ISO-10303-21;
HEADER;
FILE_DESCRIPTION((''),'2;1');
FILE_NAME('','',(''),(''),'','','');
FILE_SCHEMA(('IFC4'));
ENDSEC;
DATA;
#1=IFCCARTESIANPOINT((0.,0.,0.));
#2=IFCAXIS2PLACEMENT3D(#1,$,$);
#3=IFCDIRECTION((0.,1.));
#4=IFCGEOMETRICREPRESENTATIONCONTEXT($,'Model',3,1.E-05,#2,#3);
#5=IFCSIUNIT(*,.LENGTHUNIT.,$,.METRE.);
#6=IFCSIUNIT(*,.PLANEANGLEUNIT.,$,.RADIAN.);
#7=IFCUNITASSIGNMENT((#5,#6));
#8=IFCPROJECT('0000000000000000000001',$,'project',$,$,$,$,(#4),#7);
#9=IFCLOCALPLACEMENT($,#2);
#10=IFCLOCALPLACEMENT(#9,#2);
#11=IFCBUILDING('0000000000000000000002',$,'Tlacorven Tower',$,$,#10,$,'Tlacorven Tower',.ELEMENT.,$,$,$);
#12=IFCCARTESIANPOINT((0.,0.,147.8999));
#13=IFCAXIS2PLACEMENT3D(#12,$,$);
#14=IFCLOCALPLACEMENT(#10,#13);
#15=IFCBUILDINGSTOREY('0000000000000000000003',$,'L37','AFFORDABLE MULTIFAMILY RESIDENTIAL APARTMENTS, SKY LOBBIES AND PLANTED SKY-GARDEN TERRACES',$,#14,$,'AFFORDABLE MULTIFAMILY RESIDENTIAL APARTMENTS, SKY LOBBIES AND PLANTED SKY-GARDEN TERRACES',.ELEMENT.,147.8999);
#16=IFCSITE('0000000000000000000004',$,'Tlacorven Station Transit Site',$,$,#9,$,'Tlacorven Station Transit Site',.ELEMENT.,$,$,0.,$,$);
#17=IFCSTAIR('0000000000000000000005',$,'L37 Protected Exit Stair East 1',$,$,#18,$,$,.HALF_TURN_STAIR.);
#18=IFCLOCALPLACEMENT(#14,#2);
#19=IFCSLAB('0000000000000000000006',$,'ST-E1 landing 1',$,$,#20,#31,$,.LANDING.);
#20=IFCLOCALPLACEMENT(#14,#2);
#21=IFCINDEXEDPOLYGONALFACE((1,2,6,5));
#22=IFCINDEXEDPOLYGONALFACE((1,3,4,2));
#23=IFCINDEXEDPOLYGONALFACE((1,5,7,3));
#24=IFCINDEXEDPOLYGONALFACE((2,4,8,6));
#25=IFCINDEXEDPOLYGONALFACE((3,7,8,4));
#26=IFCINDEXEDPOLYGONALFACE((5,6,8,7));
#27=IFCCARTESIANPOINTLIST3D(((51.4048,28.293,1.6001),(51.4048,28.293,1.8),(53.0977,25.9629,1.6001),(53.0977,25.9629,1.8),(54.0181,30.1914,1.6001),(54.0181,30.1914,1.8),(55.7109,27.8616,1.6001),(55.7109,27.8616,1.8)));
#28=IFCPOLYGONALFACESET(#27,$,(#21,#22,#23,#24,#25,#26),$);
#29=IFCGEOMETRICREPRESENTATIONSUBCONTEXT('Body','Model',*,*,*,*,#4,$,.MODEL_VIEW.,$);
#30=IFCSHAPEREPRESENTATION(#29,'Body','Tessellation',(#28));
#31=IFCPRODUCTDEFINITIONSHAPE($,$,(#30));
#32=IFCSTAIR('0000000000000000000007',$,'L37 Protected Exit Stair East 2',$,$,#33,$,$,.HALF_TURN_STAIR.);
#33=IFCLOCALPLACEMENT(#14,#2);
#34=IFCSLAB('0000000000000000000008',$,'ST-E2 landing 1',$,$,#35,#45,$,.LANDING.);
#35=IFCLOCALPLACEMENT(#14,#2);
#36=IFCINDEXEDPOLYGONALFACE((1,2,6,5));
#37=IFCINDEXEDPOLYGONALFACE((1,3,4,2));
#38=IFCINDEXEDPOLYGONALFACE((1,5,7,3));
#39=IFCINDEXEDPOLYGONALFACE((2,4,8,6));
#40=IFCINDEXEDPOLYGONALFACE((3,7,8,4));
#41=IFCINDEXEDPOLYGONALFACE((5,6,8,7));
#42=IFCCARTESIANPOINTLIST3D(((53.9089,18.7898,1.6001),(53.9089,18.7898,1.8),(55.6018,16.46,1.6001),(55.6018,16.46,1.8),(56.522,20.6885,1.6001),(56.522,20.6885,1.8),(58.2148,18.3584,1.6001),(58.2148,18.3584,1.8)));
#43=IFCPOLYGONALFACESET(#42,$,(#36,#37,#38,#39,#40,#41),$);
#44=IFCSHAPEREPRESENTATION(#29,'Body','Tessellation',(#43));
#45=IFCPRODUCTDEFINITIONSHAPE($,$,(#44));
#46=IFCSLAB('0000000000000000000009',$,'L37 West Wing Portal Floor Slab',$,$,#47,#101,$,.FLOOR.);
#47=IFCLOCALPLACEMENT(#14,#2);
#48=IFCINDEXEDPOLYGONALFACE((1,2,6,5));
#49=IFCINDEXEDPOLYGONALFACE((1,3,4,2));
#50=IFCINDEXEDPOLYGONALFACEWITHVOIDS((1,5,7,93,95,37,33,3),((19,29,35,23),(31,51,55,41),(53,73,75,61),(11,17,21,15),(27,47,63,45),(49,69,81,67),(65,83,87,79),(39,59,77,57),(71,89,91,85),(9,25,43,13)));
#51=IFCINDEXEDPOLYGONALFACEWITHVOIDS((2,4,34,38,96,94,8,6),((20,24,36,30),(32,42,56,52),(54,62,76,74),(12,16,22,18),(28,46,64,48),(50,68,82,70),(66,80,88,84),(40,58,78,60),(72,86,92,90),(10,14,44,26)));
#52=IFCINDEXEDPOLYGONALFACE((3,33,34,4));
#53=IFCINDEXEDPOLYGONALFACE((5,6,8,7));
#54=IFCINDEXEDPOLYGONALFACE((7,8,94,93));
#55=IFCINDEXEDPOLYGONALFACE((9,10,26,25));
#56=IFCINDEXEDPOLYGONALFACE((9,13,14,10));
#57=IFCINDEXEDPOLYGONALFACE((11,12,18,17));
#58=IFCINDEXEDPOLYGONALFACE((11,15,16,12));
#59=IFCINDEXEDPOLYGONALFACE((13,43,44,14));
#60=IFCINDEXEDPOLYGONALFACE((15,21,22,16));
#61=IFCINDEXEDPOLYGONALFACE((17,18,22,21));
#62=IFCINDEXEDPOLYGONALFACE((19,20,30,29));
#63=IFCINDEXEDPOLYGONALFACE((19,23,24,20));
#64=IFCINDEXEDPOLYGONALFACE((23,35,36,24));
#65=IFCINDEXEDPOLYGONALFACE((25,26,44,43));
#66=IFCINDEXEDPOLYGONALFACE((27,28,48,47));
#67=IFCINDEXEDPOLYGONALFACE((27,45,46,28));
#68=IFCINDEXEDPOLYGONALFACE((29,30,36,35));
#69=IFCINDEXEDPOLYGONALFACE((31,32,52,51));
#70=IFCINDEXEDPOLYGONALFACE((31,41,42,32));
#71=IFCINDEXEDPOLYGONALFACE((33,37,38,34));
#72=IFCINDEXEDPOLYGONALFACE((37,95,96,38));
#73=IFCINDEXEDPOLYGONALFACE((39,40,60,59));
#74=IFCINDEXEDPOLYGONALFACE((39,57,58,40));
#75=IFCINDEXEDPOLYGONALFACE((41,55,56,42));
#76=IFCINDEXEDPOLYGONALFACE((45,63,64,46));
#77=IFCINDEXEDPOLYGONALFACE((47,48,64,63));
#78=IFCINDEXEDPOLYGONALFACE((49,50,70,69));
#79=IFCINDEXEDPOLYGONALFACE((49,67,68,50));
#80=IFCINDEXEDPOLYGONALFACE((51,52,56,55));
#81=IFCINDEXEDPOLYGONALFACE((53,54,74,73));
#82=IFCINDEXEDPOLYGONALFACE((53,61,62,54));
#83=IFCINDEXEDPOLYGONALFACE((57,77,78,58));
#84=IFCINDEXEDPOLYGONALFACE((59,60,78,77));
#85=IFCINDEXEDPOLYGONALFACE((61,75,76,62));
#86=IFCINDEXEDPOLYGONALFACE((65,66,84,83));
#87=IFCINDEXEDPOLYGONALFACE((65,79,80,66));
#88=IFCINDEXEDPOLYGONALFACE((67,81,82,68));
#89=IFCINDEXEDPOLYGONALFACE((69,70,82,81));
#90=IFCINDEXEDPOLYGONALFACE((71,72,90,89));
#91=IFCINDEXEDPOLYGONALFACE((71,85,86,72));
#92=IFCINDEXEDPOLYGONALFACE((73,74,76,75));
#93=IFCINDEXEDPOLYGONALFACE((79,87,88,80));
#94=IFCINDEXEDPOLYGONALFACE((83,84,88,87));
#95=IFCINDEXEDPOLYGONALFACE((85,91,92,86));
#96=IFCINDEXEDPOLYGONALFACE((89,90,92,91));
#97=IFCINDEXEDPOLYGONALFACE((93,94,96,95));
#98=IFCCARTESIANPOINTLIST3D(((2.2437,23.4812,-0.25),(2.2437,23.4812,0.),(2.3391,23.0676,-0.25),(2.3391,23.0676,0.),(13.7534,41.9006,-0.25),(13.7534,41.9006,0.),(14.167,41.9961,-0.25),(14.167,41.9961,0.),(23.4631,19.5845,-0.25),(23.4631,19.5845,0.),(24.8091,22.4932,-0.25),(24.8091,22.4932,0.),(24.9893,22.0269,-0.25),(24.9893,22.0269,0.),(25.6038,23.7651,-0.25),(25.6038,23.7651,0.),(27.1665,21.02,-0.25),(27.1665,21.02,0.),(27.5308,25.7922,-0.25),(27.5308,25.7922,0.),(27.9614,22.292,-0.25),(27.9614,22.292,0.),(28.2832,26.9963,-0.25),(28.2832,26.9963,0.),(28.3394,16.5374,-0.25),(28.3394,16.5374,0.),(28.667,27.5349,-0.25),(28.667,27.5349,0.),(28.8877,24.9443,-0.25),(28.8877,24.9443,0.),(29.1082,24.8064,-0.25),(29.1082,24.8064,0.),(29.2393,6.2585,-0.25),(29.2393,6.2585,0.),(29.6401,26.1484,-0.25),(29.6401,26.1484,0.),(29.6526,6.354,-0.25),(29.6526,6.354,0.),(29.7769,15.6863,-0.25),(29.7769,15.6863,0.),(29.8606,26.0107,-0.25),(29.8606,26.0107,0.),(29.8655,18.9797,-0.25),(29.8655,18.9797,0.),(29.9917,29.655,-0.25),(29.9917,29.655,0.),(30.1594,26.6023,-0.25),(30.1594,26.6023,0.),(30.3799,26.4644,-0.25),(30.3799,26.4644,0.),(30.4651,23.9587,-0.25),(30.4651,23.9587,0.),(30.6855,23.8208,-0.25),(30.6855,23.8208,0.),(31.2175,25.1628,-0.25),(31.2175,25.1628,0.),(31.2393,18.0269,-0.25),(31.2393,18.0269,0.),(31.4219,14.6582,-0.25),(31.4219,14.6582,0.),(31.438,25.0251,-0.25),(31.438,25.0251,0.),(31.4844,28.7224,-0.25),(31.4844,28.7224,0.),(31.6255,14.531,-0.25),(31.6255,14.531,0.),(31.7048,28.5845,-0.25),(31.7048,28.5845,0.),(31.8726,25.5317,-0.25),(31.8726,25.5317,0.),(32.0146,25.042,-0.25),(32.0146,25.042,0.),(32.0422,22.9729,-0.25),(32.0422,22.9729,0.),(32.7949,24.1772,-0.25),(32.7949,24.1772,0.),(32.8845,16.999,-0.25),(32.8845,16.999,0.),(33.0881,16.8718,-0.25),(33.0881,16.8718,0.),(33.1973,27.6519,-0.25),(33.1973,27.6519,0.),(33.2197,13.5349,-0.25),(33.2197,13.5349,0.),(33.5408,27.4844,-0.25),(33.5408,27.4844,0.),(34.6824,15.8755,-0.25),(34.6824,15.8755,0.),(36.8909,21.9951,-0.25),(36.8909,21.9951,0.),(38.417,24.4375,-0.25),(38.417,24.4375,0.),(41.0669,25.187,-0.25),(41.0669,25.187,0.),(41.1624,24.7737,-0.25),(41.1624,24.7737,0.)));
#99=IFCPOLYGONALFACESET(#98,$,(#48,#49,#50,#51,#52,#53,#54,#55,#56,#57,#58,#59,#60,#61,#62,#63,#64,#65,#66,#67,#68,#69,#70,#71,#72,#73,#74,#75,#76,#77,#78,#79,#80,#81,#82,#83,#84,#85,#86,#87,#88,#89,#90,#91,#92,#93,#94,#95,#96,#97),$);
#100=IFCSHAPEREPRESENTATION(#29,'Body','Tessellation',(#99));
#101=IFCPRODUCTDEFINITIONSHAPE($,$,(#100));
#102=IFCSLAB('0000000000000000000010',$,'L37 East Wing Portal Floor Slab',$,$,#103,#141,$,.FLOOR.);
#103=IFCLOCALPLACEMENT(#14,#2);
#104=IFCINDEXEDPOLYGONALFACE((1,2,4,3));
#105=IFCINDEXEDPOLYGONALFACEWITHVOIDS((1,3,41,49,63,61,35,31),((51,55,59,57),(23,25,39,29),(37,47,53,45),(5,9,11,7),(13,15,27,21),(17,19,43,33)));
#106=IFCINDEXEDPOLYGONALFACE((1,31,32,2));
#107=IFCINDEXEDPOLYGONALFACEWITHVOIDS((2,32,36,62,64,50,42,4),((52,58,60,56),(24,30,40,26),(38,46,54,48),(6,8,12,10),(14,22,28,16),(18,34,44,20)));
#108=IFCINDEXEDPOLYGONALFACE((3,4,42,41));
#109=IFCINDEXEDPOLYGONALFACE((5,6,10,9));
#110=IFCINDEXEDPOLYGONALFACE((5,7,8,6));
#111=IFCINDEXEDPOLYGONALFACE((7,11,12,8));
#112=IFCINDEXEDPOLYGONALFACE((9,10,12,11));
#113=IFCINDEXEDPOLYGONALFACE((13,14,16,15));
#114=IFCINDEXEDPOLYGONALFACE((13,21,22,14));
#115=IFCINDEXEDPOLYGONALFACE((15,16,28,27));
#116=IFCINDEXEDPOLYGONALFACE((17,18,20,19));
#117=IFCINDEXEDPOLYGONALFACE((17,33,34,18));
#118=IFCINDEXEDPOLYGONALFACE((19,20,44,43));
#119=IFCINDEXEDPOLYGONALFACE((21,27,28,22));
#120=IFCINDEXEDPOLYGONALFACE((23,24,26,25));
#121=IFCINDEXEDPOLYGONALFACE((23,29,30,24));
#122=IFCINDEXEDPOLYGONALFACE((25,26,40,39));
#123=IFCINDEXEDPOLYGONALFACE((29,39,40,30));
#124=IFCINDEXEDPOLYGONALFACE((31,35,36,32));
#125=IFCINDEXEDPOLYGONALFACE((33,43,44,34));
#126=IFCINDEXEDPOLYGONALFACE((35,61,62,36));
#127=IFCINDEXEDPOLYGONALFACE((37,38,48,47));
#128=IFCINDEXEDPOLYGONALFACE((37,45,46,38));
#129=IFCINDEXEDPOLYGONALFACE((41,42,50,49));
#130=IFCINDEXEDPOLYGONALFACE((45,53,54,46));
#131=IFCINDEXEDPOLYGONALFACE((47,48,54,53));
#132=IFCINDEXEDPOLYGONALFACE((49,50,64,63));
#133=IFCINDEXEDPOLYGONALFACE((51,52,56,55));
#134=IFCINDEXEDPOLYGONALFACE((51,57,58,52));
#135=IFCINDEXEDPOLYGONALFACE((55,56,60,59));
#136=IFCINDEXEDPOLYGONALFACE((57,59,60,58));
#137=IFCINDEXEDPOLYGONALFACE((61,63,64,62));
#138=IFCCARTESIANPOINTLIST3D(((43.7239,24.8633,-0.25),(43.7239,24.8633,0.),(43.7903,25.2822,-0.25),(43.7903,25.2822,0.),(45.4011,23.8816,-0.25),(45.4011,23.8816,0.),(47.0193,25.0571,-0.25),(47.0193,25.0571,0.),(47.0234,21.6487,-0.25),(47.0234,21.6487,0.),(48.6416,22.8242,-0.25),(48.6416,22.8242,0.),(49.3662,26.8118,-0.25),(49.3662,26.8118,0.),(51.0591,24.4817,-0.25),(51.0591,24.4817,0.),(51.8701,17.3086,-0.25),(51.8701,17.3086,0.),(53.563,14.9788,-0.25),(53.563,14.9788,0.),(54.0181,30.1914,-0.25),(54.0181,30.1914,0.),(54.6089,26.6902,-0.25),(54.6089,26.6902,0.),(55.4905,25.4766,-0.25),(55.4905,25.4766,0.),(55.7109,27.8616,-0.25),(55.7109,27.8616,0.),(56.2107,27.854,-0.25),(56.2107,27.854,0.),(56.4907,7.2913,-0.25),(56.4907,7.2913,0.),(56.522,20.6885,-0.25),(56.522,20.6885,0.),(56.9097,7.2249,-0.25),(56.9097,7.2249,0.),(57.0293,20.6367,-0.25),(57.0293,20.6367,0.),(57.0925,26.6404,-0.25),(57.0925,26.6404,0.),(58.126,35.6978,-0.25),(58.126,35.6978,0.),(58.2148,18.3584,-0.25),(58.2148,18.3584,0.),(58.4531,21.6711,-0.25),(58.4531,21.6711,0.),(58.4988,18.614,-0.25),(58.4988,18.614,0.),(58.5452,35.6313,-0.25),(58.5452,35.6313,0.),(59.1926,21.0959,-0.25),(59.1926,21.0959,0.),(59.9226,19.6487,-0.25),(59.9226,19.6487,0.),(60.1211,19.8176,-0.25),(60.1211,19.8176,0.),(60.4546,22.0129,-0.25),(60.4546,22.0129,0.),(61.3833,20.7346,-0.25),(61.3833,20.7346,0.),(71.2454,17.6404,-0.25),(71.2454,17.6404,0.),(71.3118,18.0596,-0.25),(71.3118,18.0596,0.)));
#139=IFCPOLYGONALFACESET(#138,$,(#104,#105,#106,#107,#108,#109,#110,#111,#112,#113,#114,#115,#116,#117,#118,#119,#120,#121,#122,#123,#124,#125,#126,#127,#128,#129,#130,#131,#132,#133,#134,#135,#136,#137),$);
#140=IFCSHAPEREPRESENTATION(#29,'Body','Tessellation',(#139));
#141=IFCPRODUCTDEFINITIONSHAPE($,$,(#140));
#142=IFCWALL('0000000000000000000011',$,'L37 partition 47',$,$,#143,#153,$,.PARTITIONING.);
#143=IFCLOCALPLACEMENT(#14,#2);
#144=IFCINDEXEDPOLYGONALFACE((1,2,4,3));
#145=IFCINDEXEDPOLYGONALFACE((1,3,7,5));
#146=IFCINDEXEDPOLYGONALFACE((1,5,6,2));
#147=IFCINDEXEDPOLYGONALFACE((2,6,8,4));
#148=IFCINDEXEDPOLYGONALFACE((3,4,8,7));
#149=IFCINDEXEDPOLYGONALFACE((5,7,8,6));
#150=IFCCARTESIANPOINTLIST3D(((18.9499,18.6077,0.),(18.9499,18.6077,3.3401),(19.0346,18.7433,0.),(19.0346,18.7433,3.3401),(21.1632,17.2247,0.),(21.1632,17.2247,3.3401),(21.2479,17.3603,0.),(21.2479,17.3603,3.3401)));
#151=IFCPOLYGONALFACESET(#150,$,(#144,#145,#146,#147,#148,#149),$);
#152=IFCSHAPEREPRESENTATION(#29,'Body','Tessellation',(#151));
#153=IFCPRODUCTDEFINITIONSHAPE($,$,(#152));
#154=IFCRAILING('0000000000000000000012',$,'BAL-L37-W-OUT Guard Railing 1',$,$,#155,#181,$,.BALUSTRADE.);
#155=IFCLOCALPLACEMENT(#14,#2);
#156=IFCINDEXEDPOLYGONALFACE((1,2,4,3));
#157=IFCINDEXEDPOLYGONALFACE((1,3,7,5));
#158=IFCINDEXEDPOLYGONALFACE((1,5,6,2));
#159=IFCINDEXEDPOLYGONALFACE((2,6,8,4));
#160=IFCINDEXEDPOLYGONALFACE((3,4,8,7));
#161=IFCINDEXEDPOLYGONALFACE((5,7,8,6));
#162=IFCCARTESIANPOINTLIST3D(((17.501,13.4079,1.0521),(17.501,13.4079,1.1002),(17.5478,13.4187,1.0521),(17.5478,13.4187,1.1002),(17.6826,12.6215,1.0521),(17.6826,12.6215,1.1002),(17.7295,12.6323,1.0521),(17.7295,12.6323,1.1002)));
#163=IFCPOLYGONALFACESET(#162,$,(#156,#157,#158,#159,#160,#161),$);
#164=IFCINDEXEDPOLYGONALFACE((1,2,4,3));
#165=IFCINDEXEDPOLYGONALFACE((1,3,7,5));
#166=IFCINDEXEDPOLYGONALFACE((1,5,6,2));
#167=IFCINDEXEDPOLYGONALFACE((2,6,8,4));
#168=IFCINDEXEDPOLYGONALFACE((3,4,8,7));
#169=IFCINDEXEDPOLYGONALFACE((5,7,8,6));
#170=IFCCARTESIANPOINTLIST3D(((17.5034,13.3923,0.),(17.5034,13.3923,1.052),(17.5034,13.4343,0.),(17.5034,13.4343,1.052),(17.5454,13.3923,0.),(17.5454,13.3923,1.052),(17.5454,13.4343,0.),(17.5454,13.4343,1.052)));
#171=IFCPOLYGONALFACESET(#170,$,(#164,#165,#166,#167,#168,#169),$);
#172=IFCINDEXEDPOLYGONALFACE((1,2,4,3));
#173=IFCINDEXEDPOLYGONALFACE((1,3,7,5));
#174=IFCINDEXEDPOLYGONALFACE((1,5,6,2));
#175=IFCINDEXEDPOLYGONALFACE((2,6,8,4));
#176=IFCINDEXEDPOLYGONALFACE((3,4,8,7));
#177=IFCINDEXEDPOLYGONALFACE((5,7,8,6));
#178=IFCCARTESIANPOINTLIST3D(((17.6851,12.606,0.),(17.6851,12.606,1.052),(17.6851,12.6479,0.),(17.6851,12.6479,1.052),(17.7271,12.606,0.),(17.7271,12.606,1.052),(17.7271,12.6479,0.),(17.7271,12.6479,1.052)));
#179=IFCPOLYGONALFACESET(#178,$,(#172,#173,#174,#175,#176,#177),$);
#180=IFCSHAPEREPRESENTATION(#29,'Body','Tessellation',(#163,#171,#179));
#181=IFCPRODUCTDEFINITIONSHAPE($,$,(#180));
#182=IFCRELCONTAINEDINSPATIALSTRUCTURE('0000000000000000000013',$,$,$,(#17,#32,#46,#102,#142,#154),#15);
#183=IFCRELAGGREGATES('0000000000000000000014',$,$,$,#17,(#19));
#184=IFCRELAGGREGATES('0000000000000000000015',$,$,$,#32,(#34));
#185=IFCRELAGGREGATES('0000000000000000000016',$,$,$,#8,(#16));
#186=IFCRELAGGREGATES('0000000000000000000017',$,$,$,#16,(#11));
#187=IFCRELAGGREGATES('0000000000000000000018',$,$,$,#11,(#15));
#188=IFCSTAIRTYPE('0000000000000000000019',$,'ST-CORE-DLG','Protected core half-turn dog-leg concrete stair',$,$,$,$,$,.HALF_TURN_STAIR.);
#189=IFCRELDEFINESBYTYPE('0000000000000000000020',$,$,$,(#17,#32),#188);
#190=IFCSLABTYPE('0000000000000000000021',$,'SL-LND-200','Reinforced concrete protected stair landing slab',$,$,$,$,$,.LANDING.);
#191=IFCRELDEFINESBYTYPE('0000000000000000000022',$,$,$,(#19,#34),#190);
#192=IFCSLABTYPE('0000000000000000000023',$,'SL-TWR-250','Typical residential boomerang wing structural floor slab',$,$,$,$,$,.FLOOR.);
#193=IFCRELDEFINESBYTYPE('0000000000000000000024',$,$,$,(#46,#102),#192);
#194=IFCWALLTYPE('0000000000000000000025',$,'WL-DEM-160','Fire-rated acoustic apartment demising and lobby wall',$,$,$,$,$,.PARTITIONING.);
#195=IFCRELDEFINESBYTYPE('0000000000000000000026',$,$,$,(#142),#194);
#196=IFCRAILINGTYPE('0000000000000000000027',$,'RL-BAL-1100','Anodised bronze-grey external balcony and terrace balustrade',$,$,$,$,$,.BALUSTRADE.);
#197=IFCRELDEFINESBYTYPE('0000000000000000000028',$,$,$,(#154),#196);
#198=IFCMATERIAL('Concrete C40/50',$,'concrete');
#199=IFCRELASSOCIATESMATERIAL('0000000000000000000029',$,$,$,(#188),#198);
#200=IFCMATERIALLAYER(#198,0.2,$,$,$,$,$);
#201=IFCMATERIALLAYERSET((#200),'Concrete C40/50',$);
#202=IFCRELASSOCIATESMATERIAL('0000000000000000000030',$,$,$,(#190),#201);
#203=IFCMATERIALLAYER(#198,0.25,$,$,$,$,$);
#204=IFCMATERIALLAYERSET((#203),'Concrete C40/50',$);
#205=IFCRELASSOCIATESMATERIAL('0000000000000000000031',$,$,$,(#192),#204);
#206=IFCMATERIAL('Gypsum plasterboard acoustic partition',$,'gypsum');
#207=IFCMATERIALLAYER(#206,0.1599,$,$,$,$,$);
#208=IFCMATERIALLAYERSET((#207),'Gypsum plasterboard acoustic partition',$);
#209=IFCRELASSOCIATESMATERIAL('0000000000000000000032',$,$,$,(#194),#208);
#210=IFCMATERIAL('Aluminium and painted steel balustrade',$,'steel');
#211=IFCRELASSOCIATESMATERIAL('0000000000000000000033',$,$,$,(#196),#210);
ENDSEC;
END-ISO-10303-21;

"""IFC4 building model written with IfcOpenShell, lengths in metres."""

from ifc_helpers import new_model, si_unit, direction, frame, frame_2d, origin, origin_2d, place, context, subcontext, project, spatial, polyline, rectangle, outline, extrude, source, transform, mapped, material, layer, layer_set, type_object, element, aggregate, save


model = new_model("IFC4")

# Units and contexts
model_context = context("Model", 3, precision=1e-05, world=origin(), true_north=direction((0.0, 1.0)))
body_context = subcontext(model_context, "Body", "Model", "MODEL_VIEW")
ifc_project = project(units=[si_unit("LENGTHUNIT", "METRE"), si_unit("PLANEANGLEUNIT", "RADIAN")], contexts=[model_context])

# Site, building, storey
site_placement = place(None, origin())
site = spatial("IfcSite", under=ifc_project, at=site_placement, Name="Tlacorven Station Transit Site", LongName="Tlacorven Station Transit Site", CompositionType="ELEMENT", RefElevation=0.0)
building_placement = place(site_placement, origin())
building = spatial("IfcBuilding", under=site, at=building_placement, Name="Tlacorven Tower", LongName="Tlacorven Tower", CompositionType="ELEMENT")
storey_placement = place(building_placement, frame((0.0, 0.0, 147.8999)))
storey = spatial("IfcBuildingStorey", under=building, at=storey_placement, Name="L37", Description="AFFORDABLE MULTIFAMILY RESIDENTIAL APARTMENTS, SKY LOBBIES AND PLANTED SKY-GARDEN TERRACES", LongName="AFFORDABLE MULTIFAMILY RESIDENTIAL APARTMENTS, SKY LOBBIES AND PLANTED SKY-GARDEN TERRACES", CompositionType="ELEMENT", Elevation=147.8999)

# Stairs, slabs
ifc_material_1 = material(Name="Concrete C40/50", Category="concrete")
stair_type = type_object("IfcStairType", Name="ST-CORE-DLG", Description="Protected core half-turn dog-leg concrete stair", PredefinedType="HALF_TURN_STAIR", material=ifc_material_1)
ifc_layer_1 = layer(ifc_material_1, 0.2)
ifc_layer_set_1 = layer_set([ifc_layer_1], Name="Concrete C40/50")
slab_type_1 = type_object("IfcSlabType", Name="SL-LND-200", Description="Reinforced concrete protected stair landing slab", PredefinedType="LANDING", material=ifc_layer_set_1)
stair_1_placement = place(storey_placement, origin())
stair_1 = element("IfcStair", 1, at=stair_1_placement, inside=storey, type_object=stair_type, Name="L37 Protected Exit Stair East 1", PredefinedType="HALF_TURN_STAIR")
slab_1_placement = place(storey_placement, frame((0.0, 0.0, 1.6001)))
slab_1 = element("IfcSlab", 2, at=slab_1_placement, type_object=slab_type_1, Name="ST-E1 landing 1", PredefinedType="LANDING", context=body_context, shape_type="SweptSolid", body=[
    extrude(outline(polyline([(53.0977, 25.9629), (55.7109, 27.8616), (54.0181, 30.1914), (51.4048, 28.293), (53.0977, 25.9629)])), origin(), (0.0, 0.0, 1.0), 0.2),
])
aggregate(stair_1, [slab_1])
stair_2_placement = place(storey_placement, origin())
stair_2 = element("IfcStair", 3, at=stair_2_placement, inside=storey, type_object=stair_type, Name="L37 Protected Exit Stair East 2", PredefinedType="HALF_TURN_STAIR")
slab_2_placement = place(storey_placement, frame((0.0, 0.0, 1.6001)))
slab_2 = element("IfcSlab", 4, at=slab_2_placement, type_object=slab_type_1, Name="ST-E2 landing 1", PredefinedType="LANDING", context=body_context, shape_type="SweptSolid", body=[
    extrude(outline(polyline([(55.6018, 16.46), (58.2148, 18.3584), (56.522, 20.6885), (53.9089, 18.7898), (55.6018, 16.46)])), origin(), (0.0, 0.0, 1.0), 0.2),
])
aggregate(stair_2, [slab_2])

# Slabs
ifc_layer_2 = layer(ifc_material_1, 0.25)
ifc_layer_set_2 = layer_set([ifc_layer_2], Name="Concrete C40/50")
slab_type_2 = type_object("IfcSlabType", Name="SL-TWR-250", Description="Typical residential boomerang wing structural floor slab", PredefinedType="FLOOR", material=ifc_layer_set_2)
slab_3_placement = place(storey_placement, frame((0.0, 0.0, -0.25)))
element("IfcSlab", 5, at=slab_3_placement, inside=storey, type_object=slab_type_2, Name="L37 West Wing Portal Floor Slab", PredefinedType="FLOOR", context=body_context, shape_type="SweptSolid", body=[
    extrude(outline(polyline([(41.0669, 25.187), (14.167, 41.9961), (13.7534, 41.9006), (2.2437, 23.4812), (2.3391, 23.0676), (29.2393, 6.2585), (29.6526, 6.354), (41.1624, 24.7737), (41.0669, 25.187)]), holes=[polyline([(29.8655, 18.9797), (24.9893, 22.0269), (23.4631, 19.5845), (28.3394, 16.5374), (29.8655, 18.9797)]), polyline([(38.417, 24.4375), (33.5408, 27.4844), (32.0146, 25.042), (36.8909, 21.9951), (38.417, 24.4375)]), polyline([(34.6824, 15.8755), (33.0881, 16.8718), (31.6255, 14.531), (33.2197, 13.5349), (34.6824, 15.8755)]), polyline([(32.8845, 16.999), (31.2393, 18.0269), (29.7769, 15.6863), (31.4219, 14.6582), (32.8845, 16.999)]), polyline([(33.1973, 27.6519), (31.7048, 28.5845), (30.3799, 26.4644), (31.8726, 25.5317), (33.1973, 27.6519)]), polyline([(31.4844, 28.7224), (29.9917, 29.655), (28.667, 27.5349), (30.1594, 26.6023), (31.4844, 28.7224)]), polyline([(32.7949, 24.1772), (31.438, 25.0251), (30.6855, 23.8208), (32.0422, 22.9729), (32.7949, 24.1772)]), polyline([(31.2175, 25.1628), (29.8606, 26.0107), (29.1082, 24.8064), (30.4651, 23.9587), (31.2175, 25.1628)]), polyline([(29.6401, 26.1484), (28.2832, 26.9963), (27.5308, 25.7922), (28.8877, 24.9443), (29.6401, 26.1484)]), polyline([(27.9614, 22.292), (25.6038, 23.7651), (24.8091, 22.4932), (27.1665, 21.02), (27.9614, 22.292)])]), origin(), (0.0, 0.0, 1.0), 0.25),
])
slab_4_placement = place(storey_placement, frame((0.0, 0.0, -0.25)))
element("IfcSlab", 6, at=slab_4_placement, inside=storey, type_object=slab_type_2, Name="L37 East Wing Portal Floor Slab", PredefinedType="FLOOR", context=body_context, shape_type="SweptSolid", body=[
    extrude(outline(polyline([(56.9097, 7.2249), (71.2454, 17.6404), (71.3118, 18.0596), (58.5452, 35.6313), (58.126, 35.6978), (43.7903, 25.2822), (43.7239, 24.8633), (56.4907, 7.2913), (56.9097, 7.2249)]), holes=[polyline([(51.0591, 24.4817), (55.7109, 27.8616), (54.0181, 30.1914), (49.3662, 26.8118), (51.0591, 24.4817)]), polyline([(53.563, 14.9788), (58.2148, 18.3584), (56.522, 20.6885), (51.8701, 17.3086), (53.563, 14.9788)]), polyline([(47.0234, 21.6487), (48.6416, 22.8242), (47.0193, 25.0571), (45.4011, 23.8816), (47.0234, 21.6487)]), polyline([(58.4988, 18.614), (59.9226, 19.6487), (58.4531, 21.6711), (57.0293, 20.6367), (58.4988, 18.614)]), polyline([(55.4905, 25.4766), (57.0925, 26.6404), (56.2107, 27.854), (54.6089, 26.6902), (55.4905, 25.4766)]), polyline([(60.1211, 19.8176), (61.3833, 20.7346), (60.4546, 22.0129), (59.1926, 21.0959), (60.1211, 19.8176)])]), origin(), (0.0, 0.0, 1.0), 0.25),
])

# Wall
ifc_material_2 = material(Name="Gypsum plasterboard acoustic partition", Category="gypsum")
ifc_layer_3 = layer(ifc_material_2, 0.1599)
ifc_layer_set_3 = layer_set([ifc_layer_3], Name="Gypsum plasterboard acoustic partition")
wall_type = type_object("IfcWallType", Name="WL-DEM-160", Description="Fire-rated acoustic apartment demising and lobby wall", PredefinedType="PARTITIONING", material=ifc_layer_set_3)
wall_placement = place(storey_placement, frame((21.2056, 17.2925, 0.0), z_axis=(0.0, 0.0, 1.0), x_axis=(-0.848051, 0.529915, 0.0)))
element("IfcWall", 7, at=wall_placement, inside=storey, type_object=wall_type, Name="L37 partition 47", PredefinedType="PARTITIONING", context=body_context, shape_type="SweptSolid", body=[
    extrude(rectangle(XDim=2.6099, YDim=0.1599, at=frame_2d((1.3049, 0.0))), origin(), (0.0, 0.0, 1.0), 3.3401),
])

# Railing
ifc_material_3 = material(Name="Aluminium and painted steel balustrade", Category="steel")
railing_type = type_object("IfcRailingType", Name="RL-BAL-1100", Description="Anodised bronze-grey external balcony and terrace balustrade", PredefinedType="BALUSTRADE", material=ifc_material_3)
shared_shape_1 = source(origin(), body_context, "Body", "SweptSolid", [
    extrude(rectangle(XDim=0.0481, YDim=0.0481, at=origin_2d()), frame((0.0, 0.0, 1.0762), z_axis=(0.225058, -0.974345, 0.0), x_axis=(0.974345, 0.225058, 0.0)), (0.0, 0.0, 1.0), 0.8071),
    extrude(rectangle(XDim=0.042, YDim=0.042, at=origin_2d()), origin(), (0.0, 0.0, 1.0), 1.052),
    extrude(rectangle(XDim=0.042, YDim=0.042, at=origin_2d()), frame((0.1816, -0.7864, 0.0)), (0.0, 0.0, 1.0), 1.052),
])
railing_1_placement = place(storey_placement, frame((17.5244, 13.4133, 0.0)))
element("IfcRailing", 8, at=railing_1_placement, inside=storey, type_object=railing_type, Name="BAL-L37-W-OUT Guard Railing 1", PredefinedType="BALUSTRADE", context=body_context, shape_type="MappedRepresentation", body=[
    mapped(shared_shape_1, transform((0.0, 0.0, 0.0), scale=1.0)),
])

save(model, "model.ifc")
